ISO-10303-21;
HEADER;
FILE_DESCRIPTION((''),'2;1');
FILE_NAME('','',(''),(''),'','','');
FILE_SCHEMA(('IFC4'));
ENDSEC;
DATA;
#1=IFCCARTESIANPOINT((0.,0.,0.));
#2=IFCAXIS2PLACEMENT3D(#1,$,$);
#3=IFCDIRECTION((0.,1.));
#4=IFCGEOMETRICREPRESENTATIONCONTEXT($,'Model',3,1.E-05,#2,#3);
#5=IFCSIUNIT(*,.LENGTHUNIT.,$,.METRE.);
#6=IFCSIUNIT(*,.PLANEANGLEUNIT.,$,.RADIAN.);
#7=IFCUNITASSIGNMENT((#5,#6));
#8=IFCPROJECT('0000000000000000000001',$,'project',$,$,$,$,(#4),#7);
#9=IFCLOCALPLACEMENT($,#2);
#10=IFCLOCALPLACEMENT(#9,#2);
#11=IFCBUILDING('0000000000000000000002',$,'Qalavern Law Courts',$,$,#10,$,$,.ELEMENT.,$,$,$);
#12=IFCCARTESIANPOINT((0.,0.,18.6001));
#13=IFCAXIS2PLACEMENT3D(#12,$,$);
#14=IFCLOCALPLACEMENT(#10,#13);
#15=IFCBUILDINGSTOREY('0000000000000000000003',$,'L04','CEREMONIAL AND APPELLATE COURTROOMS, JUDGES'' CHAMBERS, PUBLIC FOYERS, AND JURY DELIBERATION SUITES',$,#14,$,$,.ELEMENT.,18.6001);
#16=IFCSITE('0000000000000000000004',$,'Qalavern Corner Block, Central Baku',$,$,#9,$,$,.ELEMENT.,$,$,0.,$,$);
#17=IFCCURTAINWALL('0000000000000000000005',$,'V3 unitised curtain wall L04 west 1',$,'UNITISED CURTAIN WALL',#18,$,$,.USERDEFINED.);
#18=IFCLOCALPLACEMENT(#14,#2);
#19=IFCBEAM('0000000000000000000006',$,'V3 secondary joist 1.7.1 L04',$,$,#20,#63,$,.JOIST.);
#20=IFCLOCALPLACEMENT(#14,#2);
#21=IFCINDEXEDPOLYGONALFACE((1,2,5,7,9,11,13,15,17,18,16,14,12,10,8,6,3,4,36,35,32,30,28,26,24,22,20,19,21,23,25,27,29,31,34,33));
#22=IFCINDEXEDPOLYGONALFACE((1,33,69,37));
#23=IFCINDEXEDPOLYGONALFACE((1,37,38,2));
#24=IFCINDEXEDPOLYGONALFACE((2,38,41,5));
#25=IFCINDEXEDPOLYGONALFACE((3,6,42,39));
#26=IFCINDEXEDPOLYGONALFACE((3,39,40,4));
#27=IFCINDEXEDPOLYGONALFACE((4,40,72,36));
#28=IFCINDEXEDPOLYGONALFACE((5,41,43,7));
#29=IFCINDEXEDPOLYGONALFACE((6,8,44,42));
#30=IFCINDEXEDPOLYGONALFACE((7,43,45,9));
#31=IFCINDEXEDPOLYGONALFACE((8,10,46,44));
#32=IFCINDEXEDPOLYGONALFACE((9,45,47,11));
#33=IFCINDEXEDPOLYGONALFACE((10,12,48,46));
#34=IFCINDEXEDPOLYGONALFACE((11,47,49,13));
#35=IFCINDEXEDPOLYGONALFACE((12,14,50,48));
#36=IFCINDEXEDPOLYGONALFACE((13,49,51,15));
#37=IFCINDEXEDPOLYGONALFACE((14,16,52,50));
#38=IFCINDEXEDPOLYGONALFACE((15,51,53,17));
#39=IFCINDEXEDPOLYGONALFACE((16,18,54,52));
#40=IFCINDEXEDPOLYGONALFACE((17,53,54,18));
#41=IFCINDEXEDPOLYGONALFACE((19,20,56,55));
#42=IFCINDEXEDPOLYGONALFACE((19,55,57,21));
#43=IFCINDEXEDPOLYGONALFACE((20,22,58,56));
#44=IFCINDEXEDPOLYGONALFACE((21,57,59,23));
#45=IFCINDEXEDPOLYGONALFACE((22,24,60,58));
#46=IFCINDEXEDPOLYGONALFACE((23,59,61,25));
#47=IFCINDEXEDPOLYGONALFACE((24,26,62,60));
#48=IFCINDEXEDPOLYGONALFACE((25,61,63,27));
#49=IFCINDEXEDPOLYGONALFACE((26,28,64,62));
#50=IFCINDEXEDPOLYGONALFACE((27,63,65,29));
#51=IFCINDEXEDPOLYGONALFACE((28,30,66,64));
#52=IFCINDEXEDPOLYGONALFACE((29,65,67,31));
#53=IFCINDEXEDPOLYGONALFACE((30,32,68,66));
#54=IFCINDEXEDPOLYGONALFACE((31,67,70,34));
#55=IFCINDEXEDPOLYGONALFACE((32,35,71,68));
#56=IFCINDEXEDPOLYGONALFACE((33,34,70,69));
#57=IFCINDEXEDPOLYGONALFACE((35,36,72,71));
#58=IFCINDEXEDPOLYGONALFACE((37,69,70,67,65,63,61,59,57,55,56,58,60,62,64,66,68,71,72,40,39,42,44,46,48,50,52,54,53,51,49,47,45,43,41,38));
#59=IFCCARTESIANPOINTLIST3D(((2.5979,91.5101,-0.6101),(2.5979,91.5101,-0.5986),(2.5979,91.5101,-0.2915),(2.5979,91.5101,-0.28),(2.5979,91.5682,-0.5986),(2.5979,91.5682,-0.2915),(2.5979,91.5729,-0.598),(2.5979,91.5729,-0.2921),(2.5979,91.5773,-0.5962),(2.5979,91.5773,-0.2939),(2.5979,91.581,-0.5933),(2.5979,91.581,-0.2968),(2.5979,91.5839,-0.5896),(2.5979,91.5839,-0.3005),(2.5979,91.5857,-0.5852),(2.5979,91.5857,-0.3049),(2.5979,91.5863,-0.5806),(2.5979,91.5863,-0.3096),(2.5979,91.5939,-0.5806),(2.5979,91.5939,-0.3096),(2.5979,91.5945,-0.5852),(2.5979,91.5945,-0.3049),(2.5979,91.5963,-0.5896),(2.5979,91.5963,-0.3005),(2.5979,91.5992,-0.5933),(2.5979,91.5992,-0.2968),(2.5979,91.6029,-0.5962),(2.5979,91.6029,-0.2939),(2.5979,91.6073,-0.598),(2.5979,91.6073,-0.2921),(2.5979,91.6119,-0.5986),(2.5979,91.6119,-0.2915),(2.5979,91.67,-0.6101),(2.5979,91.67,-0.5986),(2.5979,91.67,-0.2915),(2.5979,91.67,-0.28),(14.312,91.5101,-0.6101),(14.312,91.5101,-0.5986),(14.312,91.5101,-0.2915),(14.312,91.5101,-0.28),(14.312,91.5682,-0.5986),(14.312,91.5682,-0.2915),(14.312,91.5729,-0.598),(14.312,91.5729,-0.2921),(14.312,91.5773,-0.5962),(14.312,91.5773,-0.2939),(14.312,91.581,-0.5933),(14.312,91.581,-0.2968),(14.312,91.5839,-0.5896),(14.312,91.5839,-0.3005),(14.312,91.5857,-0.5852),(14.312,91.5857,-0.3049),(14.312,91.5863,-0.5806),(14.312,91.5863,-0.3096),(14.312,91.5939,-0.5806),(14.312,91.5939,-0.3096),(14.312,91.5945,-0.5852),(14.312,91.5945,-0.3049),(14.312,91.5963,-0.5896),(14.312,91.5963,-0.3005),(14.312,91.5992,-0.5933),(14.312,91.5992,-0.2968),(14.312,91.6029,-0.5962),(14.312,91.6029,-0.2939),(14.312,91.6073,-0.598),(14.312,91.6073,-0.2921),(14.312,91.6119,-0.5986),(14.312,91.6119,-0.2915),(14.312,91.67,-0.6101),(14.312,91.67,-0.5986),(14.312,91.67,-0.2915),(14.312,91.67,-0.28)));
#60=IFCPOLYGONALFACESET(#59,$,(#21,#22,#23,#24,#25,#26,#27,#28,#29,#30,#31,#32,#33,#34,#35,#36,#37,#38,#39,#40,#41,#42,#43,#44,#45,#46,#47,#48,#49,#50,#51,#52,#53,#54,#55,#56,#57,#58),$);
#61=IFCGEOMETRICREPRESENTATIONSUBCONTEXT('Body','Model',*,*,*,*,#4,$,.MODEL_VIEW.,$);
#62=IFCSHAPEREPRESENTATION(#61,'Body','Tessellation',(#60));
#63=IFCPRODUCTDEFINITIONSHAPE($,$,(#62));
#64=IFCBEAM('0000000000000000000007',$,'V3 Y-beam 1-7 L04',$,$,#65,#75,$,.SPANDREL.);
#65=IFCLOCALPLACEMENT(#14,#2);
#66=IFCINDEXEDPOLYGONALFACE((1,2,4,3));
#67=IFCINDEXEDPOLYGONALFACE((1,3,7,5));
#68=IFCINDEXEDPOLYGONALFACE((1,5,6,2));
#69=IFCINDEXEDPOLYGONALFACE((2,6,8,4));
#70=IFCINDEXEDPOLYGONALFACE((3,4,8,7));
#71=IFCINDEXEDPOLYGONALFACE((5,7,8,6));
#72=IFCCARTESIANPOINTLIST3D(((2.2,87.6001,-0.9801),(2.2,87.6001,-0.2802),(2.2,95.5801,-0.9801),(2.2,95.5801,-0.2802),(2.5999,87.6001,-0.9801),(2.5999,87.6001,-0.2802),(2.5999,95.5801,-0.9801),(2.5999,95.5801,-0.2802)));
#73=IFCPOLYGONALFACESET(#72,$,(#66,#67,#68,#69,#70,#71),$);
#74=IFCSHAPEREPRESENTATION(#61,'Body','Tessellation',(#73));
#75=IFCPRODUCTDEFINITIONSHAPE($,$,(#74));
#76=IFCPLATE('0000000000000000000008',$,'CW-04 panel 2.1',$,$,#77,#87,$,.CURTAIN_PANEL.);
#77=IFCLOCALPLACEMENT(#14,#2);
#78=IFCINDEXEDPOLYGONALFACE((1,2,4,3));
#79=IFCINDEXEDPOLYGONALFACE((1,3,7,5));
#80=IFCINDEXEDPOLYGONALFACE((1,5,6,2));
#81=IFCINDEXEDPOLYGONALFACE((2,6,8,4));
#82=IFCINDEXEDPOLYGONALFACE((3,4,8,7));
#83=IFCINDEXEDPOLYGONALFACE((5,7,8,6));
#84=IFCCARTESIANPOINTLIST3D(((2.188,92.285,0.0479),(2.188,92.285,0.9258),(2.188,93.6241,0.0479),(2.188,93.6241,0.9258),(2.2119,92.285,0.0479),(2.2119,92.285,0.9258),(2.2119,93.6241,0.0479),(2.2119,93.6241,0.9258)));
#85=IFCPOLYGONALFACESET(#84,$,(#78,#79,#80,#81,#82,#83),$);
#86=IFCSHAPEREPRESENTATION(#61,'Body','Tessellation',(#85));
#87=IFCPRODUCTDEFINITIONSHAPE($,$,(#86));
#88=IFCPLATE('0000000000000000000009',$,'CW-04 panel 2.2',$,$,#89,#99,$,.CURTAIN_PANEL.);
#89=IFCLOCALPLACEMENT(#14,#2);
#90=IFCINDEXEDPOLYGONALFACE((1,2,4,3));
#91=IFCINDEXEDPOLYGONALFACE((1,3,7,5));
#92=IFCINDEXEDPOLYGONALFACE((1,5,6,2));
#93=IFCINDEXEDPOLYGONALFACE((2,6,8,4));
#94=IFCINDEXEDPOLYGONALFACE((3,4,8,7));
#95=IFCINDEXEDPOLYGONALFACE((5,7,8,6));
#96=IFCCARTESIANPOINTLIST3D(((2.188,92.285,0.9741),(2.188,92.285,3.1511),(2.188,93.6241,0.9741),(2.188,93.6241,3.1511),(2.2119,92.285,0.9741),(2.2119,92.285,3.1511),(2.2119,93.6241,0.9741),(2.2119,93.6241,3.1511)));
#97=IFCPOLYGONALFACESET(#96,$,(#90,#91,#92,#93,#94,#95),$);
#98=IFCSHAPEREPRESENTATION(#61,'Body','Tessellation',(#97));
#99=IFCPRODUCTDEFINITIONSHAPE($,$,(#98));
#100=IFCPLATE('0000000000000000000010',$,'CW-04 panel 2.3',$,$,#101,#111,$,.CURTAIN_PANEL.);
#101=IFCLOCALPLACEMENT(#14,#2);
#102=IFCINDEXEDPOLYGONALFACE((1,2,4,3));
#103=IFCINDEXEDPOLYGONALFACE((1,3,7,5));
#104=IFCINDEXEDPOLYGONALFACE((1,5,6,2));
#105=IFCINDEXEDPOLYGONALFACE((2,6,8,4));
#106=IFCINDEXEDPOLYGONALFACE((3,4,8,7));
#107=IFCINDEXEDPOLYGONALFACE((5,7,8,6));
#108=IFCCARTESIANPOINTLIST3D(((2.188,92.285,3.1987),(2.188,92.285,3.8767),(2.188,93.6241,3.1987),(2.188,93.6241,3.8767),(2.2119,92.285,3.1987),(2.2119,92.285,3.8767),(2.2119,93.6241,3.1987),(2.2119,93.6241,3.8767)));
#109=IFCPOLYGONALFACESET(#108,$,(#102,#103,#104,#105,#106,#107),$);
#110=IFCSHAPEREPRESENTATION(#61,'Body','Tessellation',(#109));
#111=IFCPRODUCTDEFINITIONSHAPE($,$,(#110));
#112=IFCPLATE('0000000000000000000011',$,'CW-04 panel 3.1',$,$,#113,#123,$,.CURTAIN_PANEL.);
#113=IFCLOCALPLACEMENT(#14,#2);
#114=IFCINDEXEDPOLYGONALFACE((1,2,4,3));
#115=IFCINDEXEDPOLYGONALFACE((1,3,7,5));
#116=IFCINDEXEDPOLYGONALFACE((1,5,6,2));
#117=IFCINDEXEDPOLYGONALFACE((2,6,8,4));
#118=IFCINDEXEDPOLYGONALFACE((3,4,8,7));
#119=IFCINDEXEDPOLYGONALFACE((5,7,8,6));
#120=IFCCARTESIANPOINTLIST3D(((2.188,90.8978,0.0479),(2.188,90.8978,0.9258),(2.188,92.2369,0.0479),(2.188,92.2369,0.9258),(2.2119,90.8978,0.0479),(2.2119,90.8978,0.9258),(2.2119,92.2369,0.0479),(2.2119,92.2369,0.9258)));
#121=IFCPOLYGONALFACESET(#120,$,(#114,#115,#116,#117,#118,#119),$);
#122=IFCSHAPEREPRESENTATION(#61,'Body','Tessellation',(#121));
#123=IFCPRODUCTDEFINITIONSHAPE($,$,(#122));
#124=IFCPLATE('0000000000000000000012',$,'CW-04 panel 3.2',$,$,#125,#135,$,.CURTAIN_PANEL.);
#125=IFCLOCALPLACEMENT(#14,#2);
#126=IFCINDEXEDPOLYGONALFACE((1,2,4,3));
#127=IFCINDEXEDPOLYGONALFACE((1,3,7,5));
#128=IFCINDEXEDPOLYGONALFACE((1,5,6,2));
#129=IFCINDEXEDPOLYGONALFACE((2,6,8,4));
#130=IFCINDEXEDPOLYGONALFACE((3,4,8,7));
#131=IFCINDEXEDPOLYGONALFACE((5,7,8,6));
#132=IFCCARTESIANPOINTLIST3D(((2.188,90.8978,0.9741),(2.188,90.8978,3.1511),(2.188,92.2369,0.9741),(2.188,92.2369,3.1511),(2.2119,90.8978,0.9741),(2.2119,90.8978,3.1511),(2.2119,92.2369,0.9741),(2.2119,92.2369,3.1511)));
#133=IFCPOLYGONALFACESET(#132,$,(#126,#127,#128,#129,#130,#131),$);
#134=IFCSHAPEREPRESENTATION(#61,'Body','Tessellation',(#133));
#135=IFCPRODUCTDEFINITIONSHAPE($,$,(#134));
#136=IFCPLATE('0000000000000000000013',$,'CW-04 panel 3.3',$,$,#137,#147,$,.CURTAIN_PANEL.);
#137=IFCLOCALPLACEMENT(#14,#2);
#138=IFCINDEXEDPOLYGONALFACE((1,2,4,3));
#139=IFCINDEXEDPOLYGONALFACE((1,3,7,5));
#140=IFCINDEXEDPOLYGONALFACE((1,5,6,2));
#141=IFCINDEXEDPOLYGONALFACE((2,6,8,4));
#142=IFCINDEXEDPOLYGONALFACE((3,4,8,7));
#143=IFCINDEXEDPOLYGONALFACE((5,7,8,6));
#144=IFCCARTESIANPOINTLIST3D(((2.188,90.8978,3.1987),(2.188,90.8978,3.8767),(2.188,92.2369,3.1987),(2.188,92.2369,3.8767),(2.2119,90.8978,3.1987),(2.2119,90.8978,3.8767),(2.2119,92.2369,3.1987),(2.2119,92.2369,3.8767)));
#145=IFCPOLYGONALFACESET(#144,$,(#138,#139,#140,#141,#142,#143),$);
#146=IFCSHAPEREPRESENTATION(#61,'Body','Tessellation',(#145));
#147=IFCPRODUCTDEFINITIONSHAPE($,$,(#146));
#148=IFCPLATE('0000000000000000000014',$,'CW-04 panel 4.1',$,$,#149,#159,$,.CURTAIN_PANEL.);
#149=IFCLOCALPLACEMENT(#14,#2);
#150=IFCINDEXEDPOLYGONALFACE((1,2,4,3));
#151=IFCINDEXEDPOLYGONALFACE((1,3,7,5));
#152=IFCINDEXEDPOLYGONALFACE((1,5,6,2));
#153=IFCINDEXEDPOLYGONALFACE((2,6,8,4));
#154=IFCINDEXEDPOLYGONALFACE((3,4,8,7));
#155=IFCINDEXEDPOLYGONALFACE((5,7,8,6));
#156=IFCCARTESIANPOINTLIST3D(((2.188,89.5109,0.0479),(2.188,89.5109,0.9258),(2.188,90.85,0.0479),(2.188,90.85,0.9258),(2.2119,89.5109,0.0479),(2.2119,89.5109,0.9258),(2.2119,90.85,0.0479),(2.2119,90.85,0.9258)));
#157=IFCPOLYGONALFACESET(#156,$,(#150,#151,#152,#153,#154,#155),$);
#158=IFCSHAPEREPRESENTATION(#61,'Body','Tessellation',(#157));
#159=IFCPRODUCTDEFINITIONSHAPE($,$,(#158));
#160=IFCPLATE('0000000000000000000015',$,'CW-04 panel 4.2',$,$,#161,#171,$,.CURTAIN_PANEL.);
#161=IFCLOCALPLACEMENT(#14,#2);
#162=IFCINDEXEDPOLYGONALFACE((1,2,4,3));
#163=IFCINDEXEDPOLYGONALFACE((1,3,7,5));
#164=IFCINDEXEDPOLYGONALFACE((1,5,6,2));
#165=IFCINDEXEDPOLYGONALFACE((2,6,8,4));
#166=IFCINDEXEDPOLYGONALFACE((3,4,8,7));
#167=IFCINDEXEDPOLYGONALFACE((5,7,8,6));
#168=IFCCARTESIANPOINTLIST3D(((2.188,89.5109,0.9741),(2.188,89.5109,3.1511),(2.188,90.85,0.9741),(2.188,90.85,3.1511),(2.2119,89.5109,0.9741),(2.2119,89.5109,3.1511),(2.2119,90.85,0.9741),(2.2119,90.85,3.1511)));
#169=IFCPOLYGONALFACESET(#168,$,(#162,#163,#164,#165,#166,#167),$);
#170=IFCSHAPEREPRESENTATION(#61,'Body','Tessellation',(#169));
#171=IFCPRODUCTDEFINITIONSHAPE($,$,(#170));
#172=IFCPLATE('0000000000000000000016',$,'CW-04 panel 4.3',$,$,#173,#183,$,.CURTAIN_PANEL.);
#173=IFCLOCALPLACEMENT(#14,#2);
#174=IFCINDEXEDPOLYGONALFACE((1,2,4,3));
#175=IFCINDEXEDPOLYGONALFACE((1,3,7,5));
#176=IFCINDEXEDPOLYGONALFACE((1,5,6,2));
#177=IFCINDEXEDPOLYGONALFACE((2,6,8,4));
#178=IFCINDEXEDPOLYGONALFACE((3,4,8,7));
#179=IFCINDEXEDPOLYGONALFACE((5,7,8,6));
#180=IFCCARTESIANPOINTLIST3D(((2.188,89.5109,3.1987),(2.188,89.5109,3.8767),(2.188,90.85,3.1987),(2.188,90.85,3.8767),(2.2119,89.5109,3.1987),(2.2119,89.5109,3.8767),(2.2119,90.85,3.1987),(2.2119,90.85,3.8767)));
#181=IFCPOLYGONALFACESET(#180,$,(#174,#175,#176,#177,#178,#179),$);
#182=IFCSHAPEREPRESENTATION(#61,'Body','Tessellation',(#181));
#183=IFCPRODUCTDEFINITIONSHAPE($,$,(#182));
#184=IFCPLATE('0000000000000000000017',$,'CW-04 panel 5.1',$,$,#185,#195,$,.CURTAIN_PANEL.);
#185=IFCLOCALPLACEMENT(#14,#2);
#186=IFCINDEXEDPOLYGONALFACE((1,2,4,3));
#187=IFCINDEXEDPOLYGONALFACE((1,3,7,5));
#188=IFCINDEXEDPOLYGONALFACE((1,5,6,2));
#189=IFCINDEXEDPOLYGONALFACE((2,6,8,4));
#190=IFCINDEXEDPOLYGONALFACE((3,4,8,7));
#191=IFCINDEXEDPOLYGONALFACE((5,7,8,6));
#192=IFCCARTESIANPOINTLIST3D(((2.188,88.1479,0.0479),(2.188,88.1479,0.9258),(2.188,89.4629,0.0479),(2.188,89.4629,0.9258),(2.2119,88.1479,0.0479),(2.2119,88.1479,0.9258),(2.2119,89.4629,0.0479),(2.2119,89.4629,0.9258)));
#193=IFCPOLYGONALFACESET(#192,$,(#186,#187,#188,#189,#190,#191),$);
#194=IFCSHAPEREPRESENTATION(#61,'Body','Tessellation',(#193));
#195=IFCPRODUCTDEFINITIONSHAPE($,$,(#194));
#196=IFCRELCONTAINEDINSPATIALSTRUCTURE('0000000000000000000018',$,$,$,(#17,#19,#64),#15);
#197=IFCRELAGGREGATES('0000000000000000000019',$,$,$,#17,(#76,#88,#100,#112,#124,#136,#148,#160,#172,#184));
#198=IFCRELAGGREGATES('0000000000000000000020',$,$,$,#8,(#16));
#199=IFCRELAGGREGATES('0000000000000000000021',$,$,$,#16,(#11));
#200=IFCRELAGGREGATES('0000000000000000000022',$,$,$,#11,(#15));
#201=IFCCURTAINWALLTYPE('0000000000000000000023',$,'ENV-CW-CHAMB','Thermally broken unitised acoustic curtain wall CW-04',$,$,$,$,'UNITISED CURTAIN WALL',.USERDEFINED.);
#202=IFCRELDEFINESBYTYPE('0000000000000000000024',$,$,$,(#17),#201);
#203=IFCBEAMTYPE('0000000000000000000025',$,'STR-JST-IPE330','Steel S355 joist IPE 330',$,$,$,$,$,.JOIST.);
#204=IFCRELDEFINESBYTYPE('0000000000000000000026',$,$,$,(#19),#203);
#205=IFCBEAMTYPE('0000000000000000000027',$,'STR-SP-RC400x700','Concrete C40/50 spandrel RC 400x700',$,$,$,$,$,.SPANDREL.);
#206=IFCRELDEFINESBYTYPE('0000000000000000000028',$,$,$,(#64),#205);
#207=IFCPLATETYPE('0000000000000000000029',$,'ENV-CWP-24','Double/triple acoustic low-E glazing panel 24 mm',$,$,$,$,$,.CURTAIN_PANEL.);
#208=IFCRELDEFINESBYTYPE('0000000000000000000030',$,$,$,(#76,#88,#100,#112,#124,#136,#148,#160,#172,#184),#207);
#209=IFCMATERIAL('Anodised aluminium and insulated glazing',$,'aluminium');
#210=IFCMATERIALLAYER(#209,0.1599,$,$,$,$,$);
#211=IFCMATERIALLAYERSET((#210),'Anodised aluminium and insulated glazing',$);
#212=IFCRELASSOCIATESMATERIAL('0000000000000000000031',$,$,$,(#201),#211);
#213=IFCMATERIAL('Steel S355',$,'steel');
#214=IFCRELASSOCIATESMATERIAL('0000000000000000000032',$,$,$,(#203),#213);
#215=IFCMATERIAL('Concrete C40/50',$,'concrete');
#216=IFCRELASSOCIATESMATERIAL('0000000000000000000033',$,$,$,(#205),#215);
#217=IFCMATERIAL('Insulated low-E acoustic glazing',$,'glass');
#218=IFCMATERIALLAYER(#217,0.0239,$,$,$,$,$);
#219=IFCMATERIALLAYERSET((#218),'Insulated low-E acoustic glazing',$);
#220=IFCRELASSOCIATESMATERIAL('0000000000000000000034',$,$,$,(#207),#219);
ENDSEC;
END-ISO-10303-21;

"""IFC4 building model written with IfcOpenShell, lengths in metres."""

from ifc_helpers import new_model, si_unit, direction, frame, origin, origin_2d, place, context, subcontext, project, spatial, rectangle, i_section, extrude, material, layer, layer_set, material_profile, profile_set, type_object, element, aggregate, save


model = new_model("IFC4")

# Units and contexts
model_context = context("Model", 3, precision=1e-05, world=origin(), true_north=direction((0.0, 1.0)))
body_context = subcontext(model_context, "Body", "Model", "MODEL_VIEW")
ifc_project = project(units=[si_unit("LENGTHUNIT", "METRE"), si_unit("PLANEANGLEUNIT", "RADIAN")], contexts=[model_context])

# Site, building, storey
site_placement = place(None, origin())
site = spatial("IfcSite", under=ifc_project, at=site_placement, Name="Qalavern Corner Block, Central Baku", CompositionType="ELEMENT", RefElevation=0.0)
building_placement = place(site_placement, origin())
building = spatial("IfcBuilding", under=site, at=building_placement, Name="Qalavern Law Courts", CompositionType="ELEMENT")
storey_placement = place(building_placement, frame((0.0, 0.0, 18.6001)))
storey = spatial("IfcBuildingStorey", under=building, at=storey_placement, Name="L04", Description="CEREMONIAL AND APPELLATE COURTROOMS, JUDGES' CHAMBERS, PUBLIC FOYERS, AND JURY DELIBERATION SUITES", CompositionType="ELEMENT", Elevation=18.6001)

# Curtain wall
ifc_material_1 = material(Name="Anodised aluminium and insulated glazing", Category="aluminium")
ifc_layer_1 = layer(ifc_material_1, 0.1599)
ifc_layer_set_1 = layer_set([ifc_layer_1], Name="Anodised aluminium and insulated glazing")
curtain_wall_type = type_object("IfcCurtainWallType", Name="ENV-CW-CHAMB", Description="Thermally broken unitised acoustic curtain wall CW-04", ElementType="UNITISED CURTAIN WALL", PredefinedType="USERDEFINED", material=ifc_layer_set_1)
curtain_wall_placement = place(storey_placement, origin())
curtain_wall = element("IfcCurtainWall", 1, at=curtain_wall_placement, inside=storey, type_object=curtain_wall_type, Name="V3 unitised curtain wall L04 west 1", ObjectType="UNITISED CURTAIN WALL", PredefinedType="USERDEFINED")

# Beams
ifc_material_2 = material(Name="Steel S355", Category="steel")
ifc_material_3 = material(Name="Concrete C40/50", Category="concrete")
ifc_material_profile_1 = material_profile(ifc_material_2, i_section(OverallWidth=0.1599, OverallDepth=0.3301, WebThickness=0.0076, FlangeThickness=0.0115, FilletRadius=0.0181, at=origin_2d()), Name="IPE 330")
ifc_profile_set_1 = profile_set([ifc_material_profile_1], Name="Steel S355")
beam_type_1 = type_object("IfcBeamType", Name="STR-JST-IPE330", Description="Steel S355 joist IPE 330", PredefinedType="JOIST", material=ifc_profile_set_1)
beam_1_placement = place(storey_placement, frame((2.5979, 91.5901, -0.4451), z_axis=(1.0, 0.0, 0.0), x_axis=(0.0, 1.0, 0.0)))
element("IfcBeam", 2, at=beam_1_placement, inside=storey, type_object=beam_type_1, Name="V3 secondary joist 1.7.1 L04", PredefinedType="JOIST", context=body_context, shape_type="SweptSolid", body=[
    extrude(i_section(OverallWidth=0.1599, OverallDepth=0.3301, WebThickness=0.0076, FlangeThickness=0.0115, FilletRadius=0.0181, at=origin_2d()), origin(), (0.0, 0.0, 1.0), 11.7141),
])
ifc_material_profile_2 = material_profile(ifc_material_3, rectangle(XDim=0.3999, YDim=0.7, at=origin_2d()), Name="RC 400x700")
ifc_profile_set_2 = profile_set([ifc_material_profile_2], Name="Concrete C40/50")
beam_type_2 = type_object("IfcBeamType", Name="STR-SP-RC400x700", Description="Concrete C40/50 spandrel RC 400x700", PredefinedType="SPANDREL", material=ifc_profile_set_2)
beam_2_placement = place(storey_placement, frame((2.3999, 87.6001, -0.6301), z_axis=(0.0, 1.0, 0.0), x_axis=(-1.0, 0.0, 0.0)))
element("IfcBeam", 3, at=beam_2_placement, inside=storey, type_object=beam_type_2, Name="V3 Y-beam 1-7 L04", PredefinedType="SPANDREL", context=body_context, shape_type="SweptSolid", body=[
    extrude(rectangle(XDim=0.3999, YDim=0.7, at=origin_2d()), origin(), (0.0, 0.0, 1.0), 7.98),
])

# Plates
ifc_material_4 = material(Name="Insulated low-E acoustic glazing", Category="glass")
ifc_layer_2 = layer(ifc_material_4, 0.0239)
ifc_layer_set_2 = layer_set([ifc_layer_2], Name="Insulated low-E acoustic glazing")
plate_type = type_object("IfcPlateType", Name="ENV-CWP-24", Description="Double/triple acoustic low-E glazing panel 24 mm", PredefinedType="CURTAIN_PANEL", material=ifc_layer_set_2)
plate_1_placement = place(storey_placement, frame((2.2, 92.9546, 0.0479), z_axis=(0.0, 0.0, 1.0), x_axis=(0.0, -1.0, 0.0)))
plate_1 = element("IfcPlate", 4, at=plate_1_placement, type_object=plate_type, Name="CW-04 panel 2.1", PredefinedType="CURTAIN_PANEL", context=body_context, shape_type="SweptSolid", body=[
    extrude(rectangle(XDim=1.3391, YDim=0.0239, at=origin_2d()), origin(), (0.0, 0.0, 1.0), 0.8779),
])
plate_2_placement = place(storey_placement, frame((2.2, 92.9546, 0.9741), z_axis=(0.0, 0.0, 1.0), x_axis=(0.0, -1.0, 0.0)))
plate_2 = element("IfcPlate", 5, at=plate_2_placement, type_object=plate_type, Name="CW-04 panel 2.2", PredefinedType="CURTAIN_PANEL", context=body_context, shape_type="SweptSolid", body=[
    extrude(rectangle(XDim=1.3391, YDim=0.0239, at=origin_2d()), origin(), (0.0, 0.0, 1.0), 2.177),
])
plate_3_placement = place(storey_placement, frame((2.2, 92.9546, 3.1987), z_axis=(0.0, 0.0, 1.0), x_axis=(0.0, -1.0, 0.0)))
plate_3 = element("IfcPlate", 6, at=plate_3_placement, type_object=plate_type, Name="CW-04 panel 2.3", PredefinedType="CURTAIN_PANEL", context=body_context, shape_type="SweptSolid", body=[
    extrude(rectangle(XDim=1.3391, YDim=0.0239, at=origin_2d()), origin(), (0.0, 0.0, 1.0), 0.678),
])
plate_4_placement = place(storey_placement, frame((2.2, 91.5674, 0.0479), z_axis=(0.0, 0.0, 1.0), x_axis=(0.0, -1.0, 0.0)))
plate_4 = element("IfcPlate", 7, at=plate_4_placement, type_object=plate_type, Name="CW-04 panel 3.1", PredefinedType="CURTAIN_PANEL", context=body_context, shape_type="SweptSolid", body=[
    extrude(rectangle(XDim=1.3391, YDim=0.0239, at=origin_2d()), origin(), (0.0, 0.0, 1.0), 0.8779),
])
plate_5_placement = place(storey_placement, frame((2.2, 91.5674, 0.9741), z_axis=(0.0, 0.0, 1.0), x_axis=(0.0, -1.0, 0.0)))
plate_5 = element("IfcPlate", 8, at=plate_5_placement, type_object=plate_type, Name="CW-04 panel 3.2", PredefinedType="CURTAIN_PANEL", context=body_context, shape_type="SweptSolid", body=[
    extrude(rectangle(XDim=1.3391, YDim=0.0239, at=origin_2d()), origin(), (0.0, 0.0, 1.0), 2.177),
])
plate_6_placement = place(storey_placement, frame((2.2, 91.5674, 3.1987), z_axis=(0.0, 0.0, 1.0), x_axis=(0.0, -1.0, 0.0)))
plate_6 = element("IfcPlate", 9, at=plate_6_placement, type_object=plate_type, Name="CW-04 panel 3.3", PredefinedType="CURTAIN_PANEL", context=body_context, shape_type="SweptSolid", body=[
    extrude(rectangle(XDim=1.3391, YDim=0.0239, at=origin_2d()), origin(), (0.0, 0.0, 1.0), 0.678),
])
plate_7_placement = place(storey_placement, frame((2.2, 90.1804, 0.0479), z_axis=(0.0, 0.0, 1.0), x_axis=(0.0, -1.0, 0.0)))
plate_7 = element("IfcPlate", 10, at=plate_7_placement, type_object=plate_type, Name="CW-04 panel 4.1", PredefinedType="CURTAIN_PANEL", context=body_context, shape_type="SweptSolid", body=[
    extrude(rectangle(XDim=1.3391, YDim=0.0239, at=origin_2d()), origin(), (0.0, 0.0, 1.0), 0.8779),
])
plate_8_placement = place(storey_placement, frame((2.2, 90.1804, 0.9741), z_axis=(0.0, 0.0, 1.0), x_axis=(0.0, -1.0, 0.0)))
plate_8 = element("IfcPlate", 11, at=plate_8_placement, type_object=plate_type, Name="CW-04 panel 4.2", PredefinedType="CURTAIN_PANEL", context=body_context, shape_type="SweptSolid", body=[
    extrude(rectangle(XDim=1.3391, YDim=0.0239, at=origin_2d()), origin(), (0.0, 0.0, 1.0), 2.177),
])
plate_9_placement = place(storey_placement, frame((2.2, 90.1804, 3.1987), z_axis=(0.0, 0.0, 1.0), x_axis=(0.0, -1.0, 0.0)))
plate_9 = element("IfcPlate", 12, at=plate_9_placement, type_object=plate_type, Name="CW-04 panel 4.3", PredefinedType="CURTAIN_PANEL", context=body_context, shape_type="SweptSolid", body=[
    extrude(rectangle(XDim=1.3391, YDim=0.0239, at=origin_2d()), origin(), (0.0, 0.0, 1.0), 0.678),
])
plate_10_placement = place(storey_placement, frame((2.2, 88.8054, 0.0479), z_axis=(0.0, 0.0, 1.0), x_axis=(0.0, -1.0, 0.0)))
plate_10 = element("IfcPlate", 13, at=plate_10_placement, type_object=plate_type, Name="CW-04 panel 5.1", PredefinedType="CURTAIN_PANEL", context=body_context, shape_type="SweptSolid", body=[
    extrude(rectangle(XDim=1.3149, YDim=0.0239, at=origin_2d()), origin(), (0.0, 0.0, 1.0), 0.8779),
])
aggregate(curtain_wall, [plate_1, plate_2, plate_3, plate_4, plate_5, plate_6, plate_7, plate_8, plate_9, plate_10])

save(model, "model.ifc")
